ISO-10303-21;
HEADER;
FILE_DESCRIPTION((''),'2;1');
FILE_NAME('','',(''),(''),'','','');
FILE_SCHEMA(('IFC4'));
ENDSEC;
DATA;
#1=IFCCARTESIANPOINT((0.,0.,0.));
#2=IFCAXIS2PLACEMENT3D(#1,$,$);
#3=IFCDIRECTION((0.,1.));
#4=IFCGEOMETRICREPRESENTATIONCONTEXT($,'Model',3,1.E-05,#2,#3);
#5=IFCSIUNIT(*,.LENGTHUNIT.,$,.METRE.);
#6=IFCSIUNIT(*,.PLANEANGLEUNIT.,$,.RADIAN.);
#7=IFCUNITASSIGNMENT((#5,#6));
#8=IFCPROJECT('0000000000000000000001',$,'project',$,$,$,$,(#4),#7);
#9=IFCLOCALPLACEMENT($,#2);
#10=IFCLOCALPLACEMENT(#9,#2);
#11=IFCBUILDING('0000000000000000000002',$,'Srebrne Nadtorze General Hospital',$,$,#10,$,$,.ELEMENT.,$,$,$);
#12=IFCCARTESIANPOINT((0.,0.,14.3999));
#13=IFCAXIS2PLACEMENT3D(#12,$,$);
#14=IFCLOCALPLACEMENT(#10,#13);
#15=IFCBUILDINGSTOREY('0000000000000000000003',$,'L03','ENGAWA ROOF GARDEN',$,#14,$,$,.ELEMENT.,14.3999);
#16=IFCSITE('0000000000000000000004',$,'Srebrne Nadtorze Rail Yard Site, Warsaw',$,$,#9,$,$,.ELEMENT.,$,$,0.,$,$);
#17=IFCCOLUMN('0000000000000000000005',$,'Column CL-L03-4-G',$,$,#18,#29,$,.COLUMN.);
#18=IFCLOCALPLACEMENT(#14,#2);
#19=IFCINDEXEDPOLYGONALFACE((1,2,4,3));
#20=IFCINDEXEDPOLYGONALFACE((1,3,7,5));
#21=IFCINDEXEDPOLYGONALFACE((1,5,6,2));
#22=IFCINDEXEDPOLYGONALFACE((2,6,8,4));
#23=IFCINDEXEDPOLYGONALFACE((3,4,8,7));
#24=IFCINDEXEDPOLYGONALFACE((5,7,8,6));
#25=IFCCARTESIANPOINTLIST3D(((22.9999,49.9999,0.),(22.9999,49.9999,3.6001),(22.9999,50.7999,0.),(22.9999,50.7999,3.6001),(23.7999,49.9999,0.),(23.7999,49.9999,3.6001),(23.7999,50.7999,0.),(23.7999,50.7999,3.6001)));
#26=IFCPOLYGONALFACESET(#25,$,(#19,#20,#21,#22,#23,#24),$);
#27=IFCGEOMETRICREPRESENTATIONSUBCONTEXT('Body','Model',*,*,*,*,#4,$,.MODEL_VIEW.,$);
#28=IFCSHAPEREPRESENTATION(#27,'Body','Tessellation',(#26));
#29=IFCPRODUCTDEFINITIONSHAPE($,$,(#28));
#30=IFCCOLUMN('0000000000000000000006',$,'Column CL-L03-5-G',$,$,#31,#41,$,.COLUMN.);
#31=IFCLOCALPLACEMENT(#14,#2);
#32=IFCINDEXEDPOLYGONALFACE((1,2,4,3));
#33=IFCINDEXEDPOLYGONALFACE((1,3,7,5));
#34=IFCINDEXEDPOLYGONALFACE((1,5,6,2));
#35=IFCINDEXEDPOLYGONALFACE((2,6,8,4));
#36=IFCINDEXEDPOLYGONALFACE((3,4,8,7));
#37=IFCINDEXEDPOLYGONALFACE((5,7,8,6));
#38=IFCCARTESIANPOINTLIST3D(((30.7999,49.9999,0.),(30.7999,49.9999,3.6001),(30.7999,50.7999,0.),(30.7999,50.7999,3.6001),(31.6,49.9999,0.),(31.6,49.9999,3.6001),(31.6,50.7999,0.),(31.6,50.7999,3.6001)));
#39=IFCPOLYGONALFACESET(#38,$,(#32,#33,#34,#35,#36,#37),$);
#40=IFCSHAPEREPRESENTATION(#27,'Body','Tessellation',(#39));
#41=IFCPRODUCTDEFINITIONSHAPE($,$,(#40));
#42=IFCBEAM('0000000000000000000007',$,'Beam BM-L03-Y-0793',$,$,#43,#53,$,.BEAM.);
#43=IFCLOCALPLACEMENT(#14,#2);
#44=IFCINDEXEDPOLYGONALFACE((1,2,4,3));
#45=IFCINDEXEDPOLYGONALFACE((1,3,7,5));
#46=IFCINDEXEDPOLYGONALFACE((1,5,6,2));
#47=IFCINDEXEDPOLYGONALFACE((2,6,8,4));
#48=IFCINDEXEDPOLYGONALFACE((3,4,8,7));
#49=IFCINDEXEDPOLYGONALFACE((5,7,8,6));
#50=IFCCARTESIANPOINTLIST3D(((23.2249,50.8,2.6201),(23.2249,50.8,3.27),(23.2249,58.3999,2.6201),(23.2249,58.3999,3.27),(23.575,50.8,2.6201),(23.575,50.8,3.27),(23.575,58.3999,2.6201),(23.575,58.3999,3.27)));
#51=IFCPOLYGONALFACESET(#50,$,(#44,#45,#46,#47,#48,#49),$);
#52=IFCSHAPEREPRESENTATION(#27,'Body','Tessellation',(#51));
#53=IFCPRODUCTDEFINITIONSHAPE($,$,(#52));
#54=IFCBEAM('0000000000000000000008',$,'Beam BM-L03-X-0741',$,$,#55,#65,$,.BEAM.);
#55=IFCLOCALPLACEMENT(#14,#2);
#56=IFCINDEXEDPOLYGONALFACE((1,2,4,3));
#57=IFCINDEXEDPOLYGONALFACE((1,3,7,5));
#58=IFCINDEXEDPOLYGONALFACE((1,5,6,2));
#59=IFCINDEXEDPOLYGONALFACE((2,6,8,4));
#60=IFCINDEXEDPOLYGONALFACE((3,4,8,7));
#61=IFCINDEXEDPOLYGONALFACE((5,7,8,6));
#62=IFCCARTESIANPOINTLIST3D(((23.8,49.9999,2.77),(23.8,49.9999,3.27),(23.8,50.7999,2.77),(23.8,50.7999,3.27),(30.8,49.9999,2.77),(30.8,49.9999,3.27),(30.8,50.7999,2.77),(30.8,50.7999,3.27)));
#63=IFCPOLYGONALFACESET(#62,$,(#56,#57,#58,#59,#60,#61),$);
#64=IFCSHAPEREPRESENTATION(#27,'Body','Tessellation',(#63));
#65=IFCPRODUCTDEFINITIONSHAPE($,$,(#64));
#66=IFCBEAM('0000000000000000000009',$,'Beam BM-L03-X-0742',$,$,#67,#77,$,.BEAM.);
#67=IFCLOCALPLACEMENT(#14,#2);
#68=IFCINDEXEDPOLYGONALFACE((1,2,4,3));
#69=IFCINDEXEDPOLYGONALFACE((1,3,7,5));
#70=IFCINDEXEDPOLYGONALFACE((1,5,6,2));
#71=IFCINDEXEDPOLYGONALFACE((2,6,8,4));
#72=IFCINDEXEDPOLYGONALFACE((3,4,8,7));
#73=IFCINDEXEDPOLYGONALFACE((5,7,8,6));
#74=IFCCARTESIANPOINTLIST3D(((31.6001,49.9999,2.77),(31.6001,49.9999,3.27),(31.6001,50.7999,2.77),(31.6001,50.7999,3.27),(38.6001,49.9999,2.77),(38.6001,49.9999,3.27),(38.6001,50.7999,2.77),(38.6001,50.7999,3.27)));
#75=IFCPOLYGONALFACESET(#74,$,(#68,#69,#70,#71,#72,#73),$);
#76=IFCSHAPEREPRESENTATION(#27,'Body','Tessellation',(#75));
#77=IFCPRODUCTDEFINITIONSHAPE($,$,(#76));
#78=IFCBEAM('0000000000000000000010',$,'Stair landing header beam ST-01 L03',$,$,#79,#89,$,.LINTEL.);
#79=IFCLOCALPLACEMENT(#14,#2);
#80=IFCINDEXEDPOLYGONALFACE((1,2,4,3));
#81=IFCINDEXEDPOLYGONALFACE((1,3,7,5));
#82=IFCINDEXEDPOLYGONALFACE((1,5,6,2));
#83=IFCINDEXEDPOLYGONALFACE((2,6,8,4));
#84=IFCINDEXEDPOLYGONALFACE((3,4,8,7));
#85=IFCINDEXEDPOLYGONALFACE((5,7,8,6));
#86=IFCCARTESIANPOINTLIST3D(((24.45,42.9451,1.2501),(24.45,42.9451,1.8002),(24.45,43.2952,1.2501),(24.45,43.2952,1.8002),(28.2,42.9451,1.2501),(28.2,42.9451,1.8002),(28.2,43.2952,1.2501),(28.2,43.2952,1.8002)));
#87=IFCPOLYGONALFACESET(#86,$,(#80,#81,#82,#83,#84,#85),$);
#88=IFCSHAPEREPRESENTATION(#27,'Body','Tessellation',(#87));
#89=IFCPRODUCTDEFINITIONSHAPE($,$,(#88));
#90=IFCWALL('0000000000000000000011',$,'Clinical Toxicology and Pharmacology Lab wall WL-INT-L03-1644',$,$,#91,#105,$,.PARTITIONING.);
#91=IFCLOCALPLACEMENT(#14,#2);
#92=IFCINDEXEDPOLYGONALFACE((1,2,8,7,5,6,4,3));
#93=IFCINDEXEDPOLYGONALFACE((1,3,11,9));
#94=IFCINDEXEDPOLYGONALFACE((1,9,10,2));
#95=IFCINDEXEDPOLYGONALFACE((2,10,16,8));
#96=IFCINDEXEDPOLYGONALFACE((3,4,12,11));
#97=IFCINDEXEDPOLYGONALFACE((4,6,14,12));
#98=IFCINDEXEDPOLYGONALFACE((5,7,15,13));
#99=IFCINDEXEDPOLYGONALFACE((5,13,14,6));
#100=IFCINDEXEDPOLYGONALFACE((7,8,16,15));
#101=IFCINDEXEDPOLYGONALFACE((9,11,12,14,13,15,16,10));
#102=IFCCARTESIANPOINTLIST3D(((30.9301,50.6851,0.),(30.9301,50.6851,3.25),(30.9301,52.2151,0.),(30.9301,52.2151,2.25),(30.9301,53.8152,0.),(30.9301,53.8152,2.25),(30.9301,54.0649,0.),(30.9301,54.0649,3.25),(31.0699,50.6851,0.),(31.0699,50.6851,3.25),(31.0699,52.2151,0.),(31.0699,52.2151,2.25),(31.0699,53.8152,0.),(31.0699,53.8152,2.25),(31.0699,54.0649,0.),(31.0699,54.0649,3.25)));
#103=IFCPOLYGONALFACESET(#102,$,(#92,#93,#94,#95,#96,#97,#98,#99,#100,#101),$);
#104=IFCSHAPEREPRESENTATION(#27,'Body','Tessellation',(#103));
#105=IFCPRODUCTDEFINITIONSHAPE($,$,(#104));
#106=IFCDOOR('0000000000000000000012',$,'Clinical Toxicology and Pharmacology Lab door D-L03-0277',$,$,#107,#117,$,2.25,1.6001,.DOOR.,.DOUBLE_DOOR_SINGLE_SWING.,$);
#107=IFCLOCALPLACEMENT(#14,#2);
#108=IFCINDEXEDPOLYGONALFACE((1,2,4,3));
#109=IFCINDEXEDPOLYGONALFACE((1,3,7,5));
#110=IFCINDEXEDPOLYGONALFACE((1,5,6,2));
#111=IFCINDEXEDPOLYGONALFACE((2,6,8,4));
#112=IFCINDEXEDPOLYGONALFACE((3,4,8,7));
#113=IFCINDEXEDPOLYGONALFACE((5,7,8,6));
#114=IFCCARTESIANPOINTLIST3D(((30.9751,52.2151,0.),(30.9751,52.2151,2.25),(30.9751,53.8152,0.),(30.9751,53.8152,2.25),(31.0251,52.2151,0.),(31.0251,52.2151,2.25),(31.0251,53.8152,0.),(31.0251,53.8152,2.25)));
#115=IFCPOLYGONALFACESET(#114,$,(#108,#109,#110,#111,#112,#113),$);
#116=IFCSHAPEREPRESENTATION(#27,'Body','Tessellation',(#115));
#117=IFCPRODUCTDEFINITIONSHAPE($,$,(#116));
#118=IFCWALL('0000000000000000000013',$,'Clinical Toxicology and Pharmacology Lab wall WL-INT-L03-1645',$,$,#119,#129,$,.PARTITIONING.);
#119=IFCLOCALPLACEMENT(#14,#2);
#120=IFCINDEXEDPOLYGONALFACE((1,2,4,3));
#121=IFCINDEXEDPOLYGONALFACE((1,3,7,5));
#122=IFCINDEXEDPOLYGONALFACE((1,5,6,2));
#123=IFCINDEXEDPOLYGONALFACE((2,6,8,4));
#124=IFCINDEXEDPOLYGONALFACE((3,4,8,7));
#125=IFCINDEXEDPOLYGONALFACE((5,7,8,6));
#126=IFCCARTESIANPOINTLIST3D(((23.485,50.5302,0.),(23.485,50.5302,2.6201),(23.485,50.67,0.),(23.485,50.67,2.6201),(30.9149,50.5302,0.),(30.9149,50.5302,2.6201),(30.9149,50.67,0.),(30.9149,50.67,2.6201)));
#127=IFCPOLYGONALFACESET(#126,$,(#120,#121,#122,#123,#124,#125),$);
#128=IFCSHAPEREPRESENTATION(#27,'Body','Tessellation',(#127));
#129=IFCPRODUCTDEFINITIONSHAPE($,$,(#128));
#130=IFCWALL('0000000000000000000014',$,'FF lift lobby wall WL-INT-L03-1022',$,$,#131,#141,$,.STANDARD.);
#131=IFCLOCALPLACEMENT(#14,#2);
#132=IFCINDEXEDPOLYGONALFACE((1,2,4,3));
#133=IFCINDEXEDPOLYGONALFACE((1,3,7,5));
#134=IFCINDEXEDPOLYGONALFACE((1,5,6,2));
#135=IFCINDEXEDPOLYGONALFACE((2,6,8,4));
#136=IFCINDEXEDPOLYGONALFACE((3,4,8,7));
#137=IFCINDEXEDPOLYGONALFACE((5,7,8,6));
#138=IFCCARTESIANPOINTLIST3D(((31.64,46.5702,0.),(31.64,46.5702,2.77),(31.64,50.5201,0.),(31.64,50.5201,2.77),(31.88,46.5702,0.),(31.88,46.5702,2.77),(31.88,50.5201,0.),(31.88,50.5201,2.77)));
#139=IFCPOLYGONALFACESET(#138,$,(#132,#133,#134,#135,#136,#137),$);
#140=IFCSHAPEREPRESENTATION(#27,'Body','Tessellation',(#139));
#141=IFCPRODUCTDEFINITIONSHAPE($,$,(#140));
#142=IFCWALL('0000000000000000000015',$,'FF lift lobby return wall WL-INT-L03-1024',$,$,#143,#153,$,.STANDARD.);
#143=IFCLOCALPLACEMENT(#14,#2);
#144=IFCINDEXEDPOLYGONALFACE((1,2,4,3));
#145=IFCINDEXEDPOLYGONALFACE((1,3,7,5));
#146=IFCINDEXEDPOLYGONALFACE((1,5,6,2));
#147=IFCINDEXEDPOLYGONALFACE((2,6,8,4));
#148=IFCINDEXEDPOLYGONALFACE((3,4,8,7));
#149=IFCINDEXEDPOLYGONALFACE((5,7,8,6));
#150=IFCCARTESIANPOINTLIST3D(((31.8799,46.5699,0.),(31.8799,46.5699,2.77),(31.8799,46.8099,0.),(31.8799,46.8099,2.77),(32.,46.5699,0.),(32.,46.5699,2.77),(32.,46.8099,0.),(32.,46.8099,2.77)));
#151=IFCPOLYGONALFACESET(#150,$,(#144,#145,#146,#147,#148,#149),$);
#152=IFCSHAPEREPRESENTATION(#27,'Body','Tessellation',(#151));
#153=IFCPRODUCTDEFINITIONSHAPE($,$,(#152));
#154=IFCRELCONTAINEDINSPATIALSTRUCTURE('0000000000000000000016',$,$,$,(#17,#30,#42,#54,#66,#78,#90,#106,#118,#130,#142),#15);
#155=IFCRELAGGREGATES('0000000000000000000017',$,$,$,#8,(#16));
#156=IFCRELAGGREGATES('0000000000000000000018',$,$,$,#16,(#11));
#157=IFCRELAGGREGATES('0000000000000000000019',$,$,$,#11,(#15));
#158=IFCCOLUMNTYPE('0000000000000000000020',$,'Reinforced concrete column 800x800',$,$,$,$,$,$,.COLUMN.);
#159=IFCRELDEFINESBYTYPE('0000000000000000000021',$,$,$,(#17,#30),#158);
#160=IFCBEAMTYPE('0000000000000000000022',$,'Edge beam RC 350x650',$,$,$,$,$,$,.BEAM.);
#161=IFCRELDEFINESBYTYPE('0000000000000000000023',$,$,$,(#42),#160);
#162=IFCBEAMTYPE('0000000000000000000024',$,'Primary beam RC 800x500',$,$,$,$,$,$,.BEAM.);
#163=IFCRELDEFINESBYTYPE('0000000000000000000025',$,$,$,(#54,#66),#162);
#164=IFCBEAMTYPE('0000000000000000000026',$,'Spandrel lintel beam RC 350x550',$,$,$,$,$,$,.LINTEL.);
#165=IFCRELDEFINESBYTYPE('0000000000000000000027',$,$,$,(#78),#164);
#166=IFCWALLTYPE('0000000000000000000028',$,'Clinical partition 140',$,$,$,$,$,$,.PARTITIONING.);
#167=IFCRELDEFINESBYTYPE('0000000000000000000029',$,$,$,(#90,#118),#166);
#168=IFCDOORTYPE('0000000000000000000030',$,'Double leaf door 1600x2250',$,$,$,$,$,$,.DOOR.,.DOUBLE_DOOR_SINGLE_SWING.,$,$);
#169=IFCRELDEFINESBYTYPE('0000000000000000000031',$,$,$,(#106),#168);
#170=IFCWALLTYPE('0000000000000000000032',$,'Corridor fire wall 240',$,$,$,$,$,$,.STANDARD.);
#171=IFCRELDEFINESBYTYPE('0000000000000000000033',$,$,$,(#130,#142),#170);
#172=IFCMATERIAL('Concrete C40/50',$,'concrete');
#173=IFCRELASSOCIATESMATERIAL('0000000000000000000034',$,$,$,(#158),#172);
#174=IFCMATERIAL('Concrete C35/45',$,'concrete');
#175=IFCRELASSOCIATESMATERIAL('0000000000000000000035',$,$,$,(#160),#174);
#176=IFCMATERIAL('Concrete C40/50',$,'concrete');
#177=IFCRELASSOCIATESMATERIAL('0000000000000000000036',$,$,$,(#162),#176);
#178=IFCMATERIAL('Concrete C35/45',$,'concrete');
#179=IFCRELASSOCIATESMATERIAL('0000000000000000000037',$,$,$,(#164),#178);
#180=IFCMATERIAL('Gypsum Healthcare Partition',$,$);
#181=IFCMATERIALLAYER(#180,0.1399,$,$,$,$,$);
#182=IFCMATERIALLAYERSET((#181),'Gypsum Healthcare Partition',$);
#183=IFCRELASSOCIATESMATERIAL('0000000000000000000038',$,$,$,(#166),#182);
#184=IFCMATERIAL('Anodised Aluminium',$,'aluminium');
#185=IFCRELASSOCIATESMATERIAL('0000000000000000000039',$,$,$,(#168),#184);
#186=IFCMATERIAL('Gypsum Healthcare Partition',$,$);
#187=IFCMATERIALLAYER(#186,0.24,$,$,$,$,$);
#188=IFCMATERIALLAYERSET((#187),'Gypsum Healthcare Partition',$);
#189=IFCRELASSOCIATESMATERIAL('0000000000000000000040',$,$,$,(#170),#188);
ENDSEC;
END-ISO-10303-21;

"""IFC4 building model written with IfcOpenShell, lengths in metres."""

from ifc_helpers import new_model, si_unit, direction, frame, frame_2d, origin, origin_2d, place, context, subcontext, project, spatial, rectangle, extrude, material, layer, layer_set, material_profile, profile_set, type_object, element, fill, save


model = new_model("IFC4")

# Units and contexts
model_context = context("Model", 3, precision=1e-05, world=origin(), true_north=direction((0.0, 1.0)))
body_context = subcontext(model_context, "Body", "Model", "MODEL_VIEW")
ifc_project = project(units=[si_unit("LENGTHUNIT", "METRE"), si_unit("PLANEANGLEUNIT", "RADIAN")], contexts=[model_context])

# Site, building, storey
site_placement = place(None, origin())
site = spatial("IfcSite", under=ifc_project, at=site_placement, Name="Srebrne Nadtorze Rail Yard Site, Warsaw", CompositionType="ELEMENT", RefElevation=0.0)
building_placement = place(site_placement, origin())
building = spatial("IfcBuilding", under=site, at=building_placement, Name="Srebrne Nadtorze General Hospital", CompositionType="ELEMENT")
storey_placement = place(building_placement, frame((0.0, 0.0, 14.3999)))
storey = spatial("IfcBuildingStorey", under=building, at=storey_placement, Name="L03", Description="ENGAWA ROOF GARDEN", CompositionType="ELEMENT", Elevation=14.3999)

# Columns
ifc_material_1 = material(Name="Concrete C40/50", Category="concrete")
ifc_material_profile_1 = material_profile(ifc_material_1, rectangle(XDim=0.8, YDim=0.8, at=origin_2d()), Name="RC-COL-800x800")
ifc_profile_set_1 = profile_set([ifc_material_profile_1], Name="Concrete C40/50")
column_type = type_object("IfcColumnType", Name="Reinforced concrete column 800x800", PredefinedType="COLUMN", material=ifc_profile_set_1)
for number, where, z_axis, x_axis, name in (
    (1, (23.3999, 50.3999, 0.0), (0.0, 0.0, 1.0), (1.0, 0.0, 0.0), "Column CL-L03-4-G"),
    (2, (31.2, 50.3999, 0.0), (0.0, 0.0, 1.0), (1.0, 0.0, 0.0), "Column CL-L03-5-G"),
):
    element("IfcColumn", number, at=place(storey_placement, frame(where, z_axis=z_axis, x_axis=x_axis)), inside=storey, type_object=column_type, Name=name, PredefinedType="COLUMN", context=body_context, shape_type="SweptSolid", body=[
        extrude(rectangle(XDim=0.8, YDim=0.8, at=origin_2d()), origin(), (0.0, 0.0, 1.0), 3.6001),
    ])

# Beams
ifc_material_2 = material(Name="Concrete C35/45", Category="concrete")
ifc_material_profile_2 = material_profile(ifc_material_2, rectangle(XDim=0.3501, YDim=0.6499, at=origin_2d()), Name="RC-BM-350x650")
ifc_profile_set_2 = profile_set([ifc_material_profile_2], Name="Concrete C35/45")
beam_type_1 = type_object("IfcBeamType", Name="Edge beam RC 350x650", PredefinedType="BEAM", material=ifc_profile_set_2)
beam_1_placement = place(storey_placement, frame((23.3999, 50.8, 2.9451), z_axis=(0.0, 1.0, 0.0), x_axis=(-1.0, 0.0, 0.0)))
element("IfcBeam", 3, at=beam_1_placement, inside=storey, type_object=beam_type_1, Name="Beam BM-L03-Y-0793", PredefinedType="BEAM", context=body_context, shape_type="SweptSolid", body=[
    extrude(rectangle(XDim=0.3501, YDim=0.6499, at=origin_2d()), origin(), (0.0, 0.0, 1.0), 7.5999),
])
ifc_material_3 = material(Name="Concrete C40/50", Category="concrete")
ifc_material_profile_3 = material_profile(ifc_material_3, rectangle(XDim=0.8, YDim=0.5, at=origin_2d()), Name="RC-BM-800x500")
ifc_profile_set_3 = profile_set([ifc_material_profile_3], Name="Concrete C40/50")
beam_type_2 = type_object("IfcBeamType", Name="Primary beam RC 800x500", PredefinedType="BEAM", material=ifc_profile_set_3)
for number, where, z_axis, x_axis, name in (
    (4, (23.8, 50.3999, 3.02), (1.0, 0.0, 0.0), (0.0, 1.0, 0.0), "Beam BM-L03-X-0741"),
    (5, (31.6001, 50.3999, 3.02), (1.0, 0.0, 0.0), (0.0, 1.0, 0.0), "Beam BM-L03-X-0742"),
):
    element("IfcBeam", number, at=place(storey_placement, frame(where, z_axis=z_axis, x_axis=x_axis)), inside=storey, type_object=beam_type_2, Name=name, PredefinedType="BEAM", context=body_context, shape_type="SweptSolid", body=[
        extrude(rectangle(XDim=0.8, YDim=0.5, at=origin_2d()), origin(), (0.0, 0.0, 1.0), 7.0),
    ])
ifc_material_4 = material(Name="Concrete C35/45", Category="concrete")
ifc_material_profile_4 = material_profile(ifc_material_4, rectangle(XDim=0.3501, YDim=0.55, at=origin_2d()), Name="RC-BM-350x550")
ifc_profile_set_4 = profile_set([ifc_material_profile_4], Name="Concrete C35/45")
beam_type_3 = type_object("IfcBeamType", Name="Spandrel lintel beam RC 350x550", PredefinedType="LINTEL", material=ifc_profile_set_4)
beam_2_placement = place(storey_placement, frame((24.45, 43.1201, 1.5251), z_axis=(1.0, 0.0, 0.0), x_axis=(0.0, 1.0, 0.0)))
element("IfcBeam", 6, at=beam_2_placement, inside=storey, type_object=beam_type_3, Name="Stair landing header beam ST-01 L03", PredefinedType="LINTEL", context=body_context, shape_type="SweptSolid", body=[
    extrude(rectangle(XDim=0.3501, YDim=0.55, at=origin_2d()), origin(), (0.0, 0.0, 1.0), 3.75),
])

# Wall, opening, door
ifc_material_5 = material(Name="Gypsum Healthcare Partition")
ifc_layer_1 = layer(ifc_material_5, 0.1399)
ifc_layer_set_1 = layer_set([ifc_layer_1], Name="Gypsum Healthcare Partition")
wall_type_1 = type_object("IfcWallType", Name="Clinical partition 140", PredefinedType="PARTITIONING", material=ifc_layer_set_1)
wall_1_placement = place(storey_placement, frame((31.0, 50.6851, 0.0), z_axis=(0.0, 0.0, 1.0), x_axis=(0.0, 1.0, 0.0)))
wall_1 = element("IfcWall", 7, at=wall_1_placement, inside=storey, type_object=wall_type_1, Name="Clinical Toxicology and Pharmacology Lab wall WL-INT-L03-1644", PredefinedType="PARTITIONING", context=body_context, shape_type="SweptSolid", body=[
    extrude(rectangle(XDim=3.3799, YDim=0.1399, at=frame_2d((1.6899, 0.0))), origin(), (0.0, 0.0, 1.0), 3.25),
])
opening_1_placement = place(wall_1_placement, frame((1.53, 0.0, 0.0)))
opening_1 = element("IfcOpeningElement", 8, at=opening_1_placement, cuts=wall_1, PredefinedType="OPENING", context=body_context, shape_type="SweptSolid", body=[
    extrude(rectangle(XDim=1.6001, YDim=2.25, at=frame_2d((0.8, 1.125))), frame((0.0, 0.082, 0.0), z_axis=(0.0, -1.0, 0.0), x_axis=(1.0, 0.0, 0.0)), (0.0, 0.0, 1.0), 0.1638),
])
ifc_material_6 = material(Name="Anodised Aluminium", Category="aluminium")
door_type_1 = type_object("IfcDoorType", Name="Double leaf door 1600x2250", OperationType="DOUBLE_DOOR_SINGLE_SWING", PredefinedType="DOOR", material=ifc_material_6)
door_1_placement = place(opening_1_placement, origin())
door_1 = element("IfcDoor", 9, at=door_1_placement, inside=storey, type_object=door_type_1, Name="Clinical Toxicology and Pharmacology Lab door D-L03-0277", OperationType="DOUBLE_DOOR_SINGLE_SWING", OverallHeight=2.25, OverallWidth=1.6001, PredefinedType="DOOR", context=body_context, shape_type="SweptSolid", body=[
    extrude(rectangle(XDim=1.6001, YDim=2.25, at=frame_2d((0.8, 1.125))), frame((0.0, 0.0249, 0.0), z_axis=(0.0, -1.0, 0.0), x_axis=(1.0, 0.0, 0.0)), (0.0, 0.0, 1.0), 0.05),
])
fill(opening_1, door_1)

# Walls
wall_2_placement = place(storey_placement, frame((23.4851, 50.6001, 0.0), z_axis=(0.0, 0.0, 1.0), x_axis=(1.0, 0.0, 0.0)))
element("IfcWall", 10, at=wall_2_placement, inside=storey, type_object=wall_type_1, Name="Clinical Toxicology and Pharmacology Lab wall WL-INT-L03-1645", PredefinedType="PARTITIONING", context=body_context, shape_type="SweptSolid", body=[
    extrude(rectangle(XDim=7.4299, YDim=0.1399, at=frame_2d((3.7148, 0.0))), origin(), (0.0, 0.0, 1.0), 2.6201),
])
ifc_material_7 = material(Name="Gypsum Healthcare Partition")
ifc_layer_2 = layer(ifc_material_7, 0.24)
ifc_layer_set_2 = layer_set([ifc_layer_2], Name="Gypsum Healthcare Partition")
wall_type_2 = type_object("IfcWallType", Name="Corridor fire wall 240", PredefinedType="STANDARD", material=ifc_layer_set_2)
wall_3_placement = place(storey_placement, frame((31.76, 46.5701, 0.0), z_axis=(0.0, 0.0, 1.0), x_axis=(0.0, 1.0, 0.0)))
element("IfcWall", 11, at=wall_3_placement, inside=storey, type_object=wall_type_2, Name="FF lift lobby wall WL-INT-L03-1022", PredefinedType="STANDARD", context=body_context, shape_type="SweptSolid", body=[
    extrude(rectangle(XDim=3.95, YDim=0.24, at=frame_2d((1.9751, 0.0))), origin(), (0.0, 0.0, 1.0), 2.77),
])
wall_4_placement = place(storey_placement, frame((31.8799, 46.6899, 0.0), z_axis=(0.0, 0.0, 1.0), x_axis=(1.0, 0.0, 0.0)))
element("IfcWall", 12, at=wall_4_placement, inside=storey, type_object=wall_type_2, Name="FF lift lobby return wall WL-INT-L03-1024", PredefinedType="STANDARD", context=body_context, shape_type="SweptSolid", body=[
    extrude(rectangle(XDim=0.1201, YDim=0.24, at=frame_2d((0.0601, 0.0))), origin(), (0.0, 0.0, 1.0), 2.77),
])

save(model, "model.ifc")
